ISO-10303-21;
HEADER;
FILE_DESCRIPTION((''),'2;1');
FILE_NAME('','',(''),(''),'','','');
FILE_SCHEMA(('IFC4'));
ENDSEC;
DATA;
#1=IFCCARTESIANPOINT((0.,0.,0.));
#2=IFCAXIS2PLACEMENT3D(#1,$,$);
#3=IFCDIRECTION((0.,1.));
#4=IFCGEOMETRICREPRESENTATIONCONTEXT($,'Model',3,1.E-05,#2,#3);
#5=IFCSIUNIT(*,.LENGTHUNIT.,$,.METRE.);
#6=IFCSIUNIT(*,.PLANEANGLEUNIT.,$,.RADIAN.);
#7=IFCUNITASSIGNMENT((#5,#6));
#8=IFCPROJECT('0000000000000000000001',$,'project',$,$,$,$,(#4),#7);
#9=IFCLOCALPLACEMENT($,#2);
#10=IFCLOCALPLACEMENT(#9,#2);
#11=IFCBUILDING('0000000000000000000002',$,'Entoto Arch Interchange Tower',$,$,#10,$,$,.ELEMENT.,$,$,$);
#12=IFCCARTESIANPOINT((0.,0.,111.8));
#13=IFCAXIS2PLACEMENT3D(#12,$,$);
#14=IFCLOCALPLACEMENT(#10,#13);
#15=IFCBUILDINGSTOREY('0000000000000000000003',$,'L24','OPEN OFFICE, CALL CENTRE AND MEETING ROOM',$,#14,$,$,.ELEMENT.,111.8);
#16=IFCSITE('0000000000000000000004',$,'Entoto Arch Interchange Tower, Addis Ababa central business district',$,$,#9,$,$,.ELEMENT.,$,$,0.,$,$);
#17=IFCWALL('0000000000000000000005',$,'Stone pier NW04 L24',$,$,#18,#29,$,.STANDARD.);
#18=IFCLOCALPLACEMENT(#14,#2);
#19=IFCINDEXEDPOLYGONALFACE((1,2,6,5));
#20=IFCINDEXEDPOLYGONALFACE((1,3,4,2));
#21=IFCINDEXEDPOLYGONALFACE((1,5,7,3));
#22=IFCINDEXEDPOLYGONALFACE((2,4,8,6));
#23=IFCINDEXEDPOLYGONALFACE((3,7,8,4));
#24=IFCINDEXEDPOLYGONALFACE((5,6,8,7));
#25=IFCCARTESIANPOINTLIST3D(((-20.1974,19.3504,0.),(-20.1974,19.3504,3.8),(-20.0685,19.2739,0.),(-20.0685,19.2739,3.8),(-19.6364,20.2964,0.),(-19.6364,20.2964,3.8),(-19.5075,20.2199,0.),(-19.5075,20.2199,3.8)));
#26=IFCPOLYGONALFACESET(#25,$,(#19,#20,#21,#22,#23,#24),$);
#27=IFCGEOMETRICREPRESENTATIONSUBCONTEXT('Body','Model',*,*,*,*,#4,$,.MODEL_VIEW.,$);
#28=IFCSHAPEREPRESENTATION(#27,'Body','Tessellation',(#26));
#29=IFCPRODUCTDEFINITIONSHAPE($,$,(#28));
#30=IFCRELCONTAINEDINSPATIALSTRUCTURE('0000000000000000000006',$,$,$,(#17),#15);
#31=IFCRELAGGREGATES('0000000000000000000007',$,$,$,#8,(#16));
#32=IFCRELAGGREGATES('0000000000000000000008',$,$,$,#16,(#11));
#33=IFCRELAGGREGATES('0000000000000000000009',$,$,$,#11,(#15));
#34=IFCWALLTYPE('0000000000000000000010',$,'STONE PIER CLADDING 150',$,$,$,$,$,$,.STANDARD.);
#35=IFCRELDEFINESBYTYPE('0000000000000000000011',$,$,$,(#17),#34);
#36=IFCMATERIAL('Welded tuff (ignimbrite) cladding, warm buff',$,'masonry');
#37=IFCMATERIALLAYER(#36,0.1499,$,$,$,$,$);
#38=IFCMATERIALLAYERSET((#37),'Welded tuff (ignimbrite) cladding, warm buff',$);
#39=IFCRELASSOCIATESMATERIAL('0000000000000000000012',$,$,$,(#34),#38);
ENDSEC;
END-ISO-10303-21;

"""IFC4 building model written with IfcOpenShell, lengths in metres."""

from ifc_helpers import new_model, si_unit, direction, frame, frame_2d, origin, place, context, subcontext, project, spatial, rectangle, extrude, material, layer, layer_set, type_object, element, save


model = new_model("IFC4")

# Units and contexts
model_context = context("Model", 3, precision=1e-05, world=origin(), true_north=direction((0.0, 1.0)))
body_context = subcontext(model_context, "Body", "Model", "MODEL_VIEW")
ifc_project = project(units=[si_unit("LENGTHUNIT", "METRE"), si_unit("PLANEANGLEUNIT", "RADIAN")], contexts=[model_context])

# Site, building, storey
site_placement = place(None, origin())
site = spatial("IfcSite", under=ifc_project, at=site_placement, Name="Entoto Arch Interchange Tower, Addis Ababa central business district", CompositionType="ELEMENT", RefElevation=0.0)
building_placement = place(site_placement, origin())
building = spatial("IfcBuilding", under=site, at=building_placement, Name="Entoto Arch Interchange Tower", CompositionType="ELEMENT")
storey_placement = place(building_placement, frame((0.0, 0.0, 111.8)))
storey = spatial("IfcBuildingStorey", under=building, at=storey_placement, Name="L24", Description="OPEN OFFICE, CALL CENTRE AND MEETING ROOM", CompositionType="ELEMENT", Elevation=111.8)

# Shared definitions
ifc_material_1 = material(Name="Welded tuff (ignimbrite) cladding, warm buff", Category="masonry")

# Wall
ifc_layer_1 = layer(ifc_material_1, 0.1499)
ifc_layer_set_1 = layer_set([ifc_layer_1], Name="Welded tuff (ignimbrite) cladding, warm buff")
wall_type_1 = type_object("IfcWallType", Name="STONE PIER CLADDING 150", PredefinedType="STANDARD", material=ifc_layer_set_1)
wall_1_placement = place(storey_placement, frame((-19.572, 20.2581, 0.0), z_axis=(0.0, 0.0, 1.0), x_axis=(-0.510082, -0.860126, 0.0)))
element("IfcWall", 1, at=wall_1_placement, inside=storey, type_object=wall_type_1, Name="Stone pier NW04 L24", PredefinedType="STANDARD", context=body_context, shape_type="SweptSolid", body=[
    extrude(rectangle(XDim=1.0999, YDim=0.1499, at=frame_2d((0.5498, 0.0))), origin(), (0.0, 0.0, 1.0), 3.8),
])

save(model, "model.ifc")
